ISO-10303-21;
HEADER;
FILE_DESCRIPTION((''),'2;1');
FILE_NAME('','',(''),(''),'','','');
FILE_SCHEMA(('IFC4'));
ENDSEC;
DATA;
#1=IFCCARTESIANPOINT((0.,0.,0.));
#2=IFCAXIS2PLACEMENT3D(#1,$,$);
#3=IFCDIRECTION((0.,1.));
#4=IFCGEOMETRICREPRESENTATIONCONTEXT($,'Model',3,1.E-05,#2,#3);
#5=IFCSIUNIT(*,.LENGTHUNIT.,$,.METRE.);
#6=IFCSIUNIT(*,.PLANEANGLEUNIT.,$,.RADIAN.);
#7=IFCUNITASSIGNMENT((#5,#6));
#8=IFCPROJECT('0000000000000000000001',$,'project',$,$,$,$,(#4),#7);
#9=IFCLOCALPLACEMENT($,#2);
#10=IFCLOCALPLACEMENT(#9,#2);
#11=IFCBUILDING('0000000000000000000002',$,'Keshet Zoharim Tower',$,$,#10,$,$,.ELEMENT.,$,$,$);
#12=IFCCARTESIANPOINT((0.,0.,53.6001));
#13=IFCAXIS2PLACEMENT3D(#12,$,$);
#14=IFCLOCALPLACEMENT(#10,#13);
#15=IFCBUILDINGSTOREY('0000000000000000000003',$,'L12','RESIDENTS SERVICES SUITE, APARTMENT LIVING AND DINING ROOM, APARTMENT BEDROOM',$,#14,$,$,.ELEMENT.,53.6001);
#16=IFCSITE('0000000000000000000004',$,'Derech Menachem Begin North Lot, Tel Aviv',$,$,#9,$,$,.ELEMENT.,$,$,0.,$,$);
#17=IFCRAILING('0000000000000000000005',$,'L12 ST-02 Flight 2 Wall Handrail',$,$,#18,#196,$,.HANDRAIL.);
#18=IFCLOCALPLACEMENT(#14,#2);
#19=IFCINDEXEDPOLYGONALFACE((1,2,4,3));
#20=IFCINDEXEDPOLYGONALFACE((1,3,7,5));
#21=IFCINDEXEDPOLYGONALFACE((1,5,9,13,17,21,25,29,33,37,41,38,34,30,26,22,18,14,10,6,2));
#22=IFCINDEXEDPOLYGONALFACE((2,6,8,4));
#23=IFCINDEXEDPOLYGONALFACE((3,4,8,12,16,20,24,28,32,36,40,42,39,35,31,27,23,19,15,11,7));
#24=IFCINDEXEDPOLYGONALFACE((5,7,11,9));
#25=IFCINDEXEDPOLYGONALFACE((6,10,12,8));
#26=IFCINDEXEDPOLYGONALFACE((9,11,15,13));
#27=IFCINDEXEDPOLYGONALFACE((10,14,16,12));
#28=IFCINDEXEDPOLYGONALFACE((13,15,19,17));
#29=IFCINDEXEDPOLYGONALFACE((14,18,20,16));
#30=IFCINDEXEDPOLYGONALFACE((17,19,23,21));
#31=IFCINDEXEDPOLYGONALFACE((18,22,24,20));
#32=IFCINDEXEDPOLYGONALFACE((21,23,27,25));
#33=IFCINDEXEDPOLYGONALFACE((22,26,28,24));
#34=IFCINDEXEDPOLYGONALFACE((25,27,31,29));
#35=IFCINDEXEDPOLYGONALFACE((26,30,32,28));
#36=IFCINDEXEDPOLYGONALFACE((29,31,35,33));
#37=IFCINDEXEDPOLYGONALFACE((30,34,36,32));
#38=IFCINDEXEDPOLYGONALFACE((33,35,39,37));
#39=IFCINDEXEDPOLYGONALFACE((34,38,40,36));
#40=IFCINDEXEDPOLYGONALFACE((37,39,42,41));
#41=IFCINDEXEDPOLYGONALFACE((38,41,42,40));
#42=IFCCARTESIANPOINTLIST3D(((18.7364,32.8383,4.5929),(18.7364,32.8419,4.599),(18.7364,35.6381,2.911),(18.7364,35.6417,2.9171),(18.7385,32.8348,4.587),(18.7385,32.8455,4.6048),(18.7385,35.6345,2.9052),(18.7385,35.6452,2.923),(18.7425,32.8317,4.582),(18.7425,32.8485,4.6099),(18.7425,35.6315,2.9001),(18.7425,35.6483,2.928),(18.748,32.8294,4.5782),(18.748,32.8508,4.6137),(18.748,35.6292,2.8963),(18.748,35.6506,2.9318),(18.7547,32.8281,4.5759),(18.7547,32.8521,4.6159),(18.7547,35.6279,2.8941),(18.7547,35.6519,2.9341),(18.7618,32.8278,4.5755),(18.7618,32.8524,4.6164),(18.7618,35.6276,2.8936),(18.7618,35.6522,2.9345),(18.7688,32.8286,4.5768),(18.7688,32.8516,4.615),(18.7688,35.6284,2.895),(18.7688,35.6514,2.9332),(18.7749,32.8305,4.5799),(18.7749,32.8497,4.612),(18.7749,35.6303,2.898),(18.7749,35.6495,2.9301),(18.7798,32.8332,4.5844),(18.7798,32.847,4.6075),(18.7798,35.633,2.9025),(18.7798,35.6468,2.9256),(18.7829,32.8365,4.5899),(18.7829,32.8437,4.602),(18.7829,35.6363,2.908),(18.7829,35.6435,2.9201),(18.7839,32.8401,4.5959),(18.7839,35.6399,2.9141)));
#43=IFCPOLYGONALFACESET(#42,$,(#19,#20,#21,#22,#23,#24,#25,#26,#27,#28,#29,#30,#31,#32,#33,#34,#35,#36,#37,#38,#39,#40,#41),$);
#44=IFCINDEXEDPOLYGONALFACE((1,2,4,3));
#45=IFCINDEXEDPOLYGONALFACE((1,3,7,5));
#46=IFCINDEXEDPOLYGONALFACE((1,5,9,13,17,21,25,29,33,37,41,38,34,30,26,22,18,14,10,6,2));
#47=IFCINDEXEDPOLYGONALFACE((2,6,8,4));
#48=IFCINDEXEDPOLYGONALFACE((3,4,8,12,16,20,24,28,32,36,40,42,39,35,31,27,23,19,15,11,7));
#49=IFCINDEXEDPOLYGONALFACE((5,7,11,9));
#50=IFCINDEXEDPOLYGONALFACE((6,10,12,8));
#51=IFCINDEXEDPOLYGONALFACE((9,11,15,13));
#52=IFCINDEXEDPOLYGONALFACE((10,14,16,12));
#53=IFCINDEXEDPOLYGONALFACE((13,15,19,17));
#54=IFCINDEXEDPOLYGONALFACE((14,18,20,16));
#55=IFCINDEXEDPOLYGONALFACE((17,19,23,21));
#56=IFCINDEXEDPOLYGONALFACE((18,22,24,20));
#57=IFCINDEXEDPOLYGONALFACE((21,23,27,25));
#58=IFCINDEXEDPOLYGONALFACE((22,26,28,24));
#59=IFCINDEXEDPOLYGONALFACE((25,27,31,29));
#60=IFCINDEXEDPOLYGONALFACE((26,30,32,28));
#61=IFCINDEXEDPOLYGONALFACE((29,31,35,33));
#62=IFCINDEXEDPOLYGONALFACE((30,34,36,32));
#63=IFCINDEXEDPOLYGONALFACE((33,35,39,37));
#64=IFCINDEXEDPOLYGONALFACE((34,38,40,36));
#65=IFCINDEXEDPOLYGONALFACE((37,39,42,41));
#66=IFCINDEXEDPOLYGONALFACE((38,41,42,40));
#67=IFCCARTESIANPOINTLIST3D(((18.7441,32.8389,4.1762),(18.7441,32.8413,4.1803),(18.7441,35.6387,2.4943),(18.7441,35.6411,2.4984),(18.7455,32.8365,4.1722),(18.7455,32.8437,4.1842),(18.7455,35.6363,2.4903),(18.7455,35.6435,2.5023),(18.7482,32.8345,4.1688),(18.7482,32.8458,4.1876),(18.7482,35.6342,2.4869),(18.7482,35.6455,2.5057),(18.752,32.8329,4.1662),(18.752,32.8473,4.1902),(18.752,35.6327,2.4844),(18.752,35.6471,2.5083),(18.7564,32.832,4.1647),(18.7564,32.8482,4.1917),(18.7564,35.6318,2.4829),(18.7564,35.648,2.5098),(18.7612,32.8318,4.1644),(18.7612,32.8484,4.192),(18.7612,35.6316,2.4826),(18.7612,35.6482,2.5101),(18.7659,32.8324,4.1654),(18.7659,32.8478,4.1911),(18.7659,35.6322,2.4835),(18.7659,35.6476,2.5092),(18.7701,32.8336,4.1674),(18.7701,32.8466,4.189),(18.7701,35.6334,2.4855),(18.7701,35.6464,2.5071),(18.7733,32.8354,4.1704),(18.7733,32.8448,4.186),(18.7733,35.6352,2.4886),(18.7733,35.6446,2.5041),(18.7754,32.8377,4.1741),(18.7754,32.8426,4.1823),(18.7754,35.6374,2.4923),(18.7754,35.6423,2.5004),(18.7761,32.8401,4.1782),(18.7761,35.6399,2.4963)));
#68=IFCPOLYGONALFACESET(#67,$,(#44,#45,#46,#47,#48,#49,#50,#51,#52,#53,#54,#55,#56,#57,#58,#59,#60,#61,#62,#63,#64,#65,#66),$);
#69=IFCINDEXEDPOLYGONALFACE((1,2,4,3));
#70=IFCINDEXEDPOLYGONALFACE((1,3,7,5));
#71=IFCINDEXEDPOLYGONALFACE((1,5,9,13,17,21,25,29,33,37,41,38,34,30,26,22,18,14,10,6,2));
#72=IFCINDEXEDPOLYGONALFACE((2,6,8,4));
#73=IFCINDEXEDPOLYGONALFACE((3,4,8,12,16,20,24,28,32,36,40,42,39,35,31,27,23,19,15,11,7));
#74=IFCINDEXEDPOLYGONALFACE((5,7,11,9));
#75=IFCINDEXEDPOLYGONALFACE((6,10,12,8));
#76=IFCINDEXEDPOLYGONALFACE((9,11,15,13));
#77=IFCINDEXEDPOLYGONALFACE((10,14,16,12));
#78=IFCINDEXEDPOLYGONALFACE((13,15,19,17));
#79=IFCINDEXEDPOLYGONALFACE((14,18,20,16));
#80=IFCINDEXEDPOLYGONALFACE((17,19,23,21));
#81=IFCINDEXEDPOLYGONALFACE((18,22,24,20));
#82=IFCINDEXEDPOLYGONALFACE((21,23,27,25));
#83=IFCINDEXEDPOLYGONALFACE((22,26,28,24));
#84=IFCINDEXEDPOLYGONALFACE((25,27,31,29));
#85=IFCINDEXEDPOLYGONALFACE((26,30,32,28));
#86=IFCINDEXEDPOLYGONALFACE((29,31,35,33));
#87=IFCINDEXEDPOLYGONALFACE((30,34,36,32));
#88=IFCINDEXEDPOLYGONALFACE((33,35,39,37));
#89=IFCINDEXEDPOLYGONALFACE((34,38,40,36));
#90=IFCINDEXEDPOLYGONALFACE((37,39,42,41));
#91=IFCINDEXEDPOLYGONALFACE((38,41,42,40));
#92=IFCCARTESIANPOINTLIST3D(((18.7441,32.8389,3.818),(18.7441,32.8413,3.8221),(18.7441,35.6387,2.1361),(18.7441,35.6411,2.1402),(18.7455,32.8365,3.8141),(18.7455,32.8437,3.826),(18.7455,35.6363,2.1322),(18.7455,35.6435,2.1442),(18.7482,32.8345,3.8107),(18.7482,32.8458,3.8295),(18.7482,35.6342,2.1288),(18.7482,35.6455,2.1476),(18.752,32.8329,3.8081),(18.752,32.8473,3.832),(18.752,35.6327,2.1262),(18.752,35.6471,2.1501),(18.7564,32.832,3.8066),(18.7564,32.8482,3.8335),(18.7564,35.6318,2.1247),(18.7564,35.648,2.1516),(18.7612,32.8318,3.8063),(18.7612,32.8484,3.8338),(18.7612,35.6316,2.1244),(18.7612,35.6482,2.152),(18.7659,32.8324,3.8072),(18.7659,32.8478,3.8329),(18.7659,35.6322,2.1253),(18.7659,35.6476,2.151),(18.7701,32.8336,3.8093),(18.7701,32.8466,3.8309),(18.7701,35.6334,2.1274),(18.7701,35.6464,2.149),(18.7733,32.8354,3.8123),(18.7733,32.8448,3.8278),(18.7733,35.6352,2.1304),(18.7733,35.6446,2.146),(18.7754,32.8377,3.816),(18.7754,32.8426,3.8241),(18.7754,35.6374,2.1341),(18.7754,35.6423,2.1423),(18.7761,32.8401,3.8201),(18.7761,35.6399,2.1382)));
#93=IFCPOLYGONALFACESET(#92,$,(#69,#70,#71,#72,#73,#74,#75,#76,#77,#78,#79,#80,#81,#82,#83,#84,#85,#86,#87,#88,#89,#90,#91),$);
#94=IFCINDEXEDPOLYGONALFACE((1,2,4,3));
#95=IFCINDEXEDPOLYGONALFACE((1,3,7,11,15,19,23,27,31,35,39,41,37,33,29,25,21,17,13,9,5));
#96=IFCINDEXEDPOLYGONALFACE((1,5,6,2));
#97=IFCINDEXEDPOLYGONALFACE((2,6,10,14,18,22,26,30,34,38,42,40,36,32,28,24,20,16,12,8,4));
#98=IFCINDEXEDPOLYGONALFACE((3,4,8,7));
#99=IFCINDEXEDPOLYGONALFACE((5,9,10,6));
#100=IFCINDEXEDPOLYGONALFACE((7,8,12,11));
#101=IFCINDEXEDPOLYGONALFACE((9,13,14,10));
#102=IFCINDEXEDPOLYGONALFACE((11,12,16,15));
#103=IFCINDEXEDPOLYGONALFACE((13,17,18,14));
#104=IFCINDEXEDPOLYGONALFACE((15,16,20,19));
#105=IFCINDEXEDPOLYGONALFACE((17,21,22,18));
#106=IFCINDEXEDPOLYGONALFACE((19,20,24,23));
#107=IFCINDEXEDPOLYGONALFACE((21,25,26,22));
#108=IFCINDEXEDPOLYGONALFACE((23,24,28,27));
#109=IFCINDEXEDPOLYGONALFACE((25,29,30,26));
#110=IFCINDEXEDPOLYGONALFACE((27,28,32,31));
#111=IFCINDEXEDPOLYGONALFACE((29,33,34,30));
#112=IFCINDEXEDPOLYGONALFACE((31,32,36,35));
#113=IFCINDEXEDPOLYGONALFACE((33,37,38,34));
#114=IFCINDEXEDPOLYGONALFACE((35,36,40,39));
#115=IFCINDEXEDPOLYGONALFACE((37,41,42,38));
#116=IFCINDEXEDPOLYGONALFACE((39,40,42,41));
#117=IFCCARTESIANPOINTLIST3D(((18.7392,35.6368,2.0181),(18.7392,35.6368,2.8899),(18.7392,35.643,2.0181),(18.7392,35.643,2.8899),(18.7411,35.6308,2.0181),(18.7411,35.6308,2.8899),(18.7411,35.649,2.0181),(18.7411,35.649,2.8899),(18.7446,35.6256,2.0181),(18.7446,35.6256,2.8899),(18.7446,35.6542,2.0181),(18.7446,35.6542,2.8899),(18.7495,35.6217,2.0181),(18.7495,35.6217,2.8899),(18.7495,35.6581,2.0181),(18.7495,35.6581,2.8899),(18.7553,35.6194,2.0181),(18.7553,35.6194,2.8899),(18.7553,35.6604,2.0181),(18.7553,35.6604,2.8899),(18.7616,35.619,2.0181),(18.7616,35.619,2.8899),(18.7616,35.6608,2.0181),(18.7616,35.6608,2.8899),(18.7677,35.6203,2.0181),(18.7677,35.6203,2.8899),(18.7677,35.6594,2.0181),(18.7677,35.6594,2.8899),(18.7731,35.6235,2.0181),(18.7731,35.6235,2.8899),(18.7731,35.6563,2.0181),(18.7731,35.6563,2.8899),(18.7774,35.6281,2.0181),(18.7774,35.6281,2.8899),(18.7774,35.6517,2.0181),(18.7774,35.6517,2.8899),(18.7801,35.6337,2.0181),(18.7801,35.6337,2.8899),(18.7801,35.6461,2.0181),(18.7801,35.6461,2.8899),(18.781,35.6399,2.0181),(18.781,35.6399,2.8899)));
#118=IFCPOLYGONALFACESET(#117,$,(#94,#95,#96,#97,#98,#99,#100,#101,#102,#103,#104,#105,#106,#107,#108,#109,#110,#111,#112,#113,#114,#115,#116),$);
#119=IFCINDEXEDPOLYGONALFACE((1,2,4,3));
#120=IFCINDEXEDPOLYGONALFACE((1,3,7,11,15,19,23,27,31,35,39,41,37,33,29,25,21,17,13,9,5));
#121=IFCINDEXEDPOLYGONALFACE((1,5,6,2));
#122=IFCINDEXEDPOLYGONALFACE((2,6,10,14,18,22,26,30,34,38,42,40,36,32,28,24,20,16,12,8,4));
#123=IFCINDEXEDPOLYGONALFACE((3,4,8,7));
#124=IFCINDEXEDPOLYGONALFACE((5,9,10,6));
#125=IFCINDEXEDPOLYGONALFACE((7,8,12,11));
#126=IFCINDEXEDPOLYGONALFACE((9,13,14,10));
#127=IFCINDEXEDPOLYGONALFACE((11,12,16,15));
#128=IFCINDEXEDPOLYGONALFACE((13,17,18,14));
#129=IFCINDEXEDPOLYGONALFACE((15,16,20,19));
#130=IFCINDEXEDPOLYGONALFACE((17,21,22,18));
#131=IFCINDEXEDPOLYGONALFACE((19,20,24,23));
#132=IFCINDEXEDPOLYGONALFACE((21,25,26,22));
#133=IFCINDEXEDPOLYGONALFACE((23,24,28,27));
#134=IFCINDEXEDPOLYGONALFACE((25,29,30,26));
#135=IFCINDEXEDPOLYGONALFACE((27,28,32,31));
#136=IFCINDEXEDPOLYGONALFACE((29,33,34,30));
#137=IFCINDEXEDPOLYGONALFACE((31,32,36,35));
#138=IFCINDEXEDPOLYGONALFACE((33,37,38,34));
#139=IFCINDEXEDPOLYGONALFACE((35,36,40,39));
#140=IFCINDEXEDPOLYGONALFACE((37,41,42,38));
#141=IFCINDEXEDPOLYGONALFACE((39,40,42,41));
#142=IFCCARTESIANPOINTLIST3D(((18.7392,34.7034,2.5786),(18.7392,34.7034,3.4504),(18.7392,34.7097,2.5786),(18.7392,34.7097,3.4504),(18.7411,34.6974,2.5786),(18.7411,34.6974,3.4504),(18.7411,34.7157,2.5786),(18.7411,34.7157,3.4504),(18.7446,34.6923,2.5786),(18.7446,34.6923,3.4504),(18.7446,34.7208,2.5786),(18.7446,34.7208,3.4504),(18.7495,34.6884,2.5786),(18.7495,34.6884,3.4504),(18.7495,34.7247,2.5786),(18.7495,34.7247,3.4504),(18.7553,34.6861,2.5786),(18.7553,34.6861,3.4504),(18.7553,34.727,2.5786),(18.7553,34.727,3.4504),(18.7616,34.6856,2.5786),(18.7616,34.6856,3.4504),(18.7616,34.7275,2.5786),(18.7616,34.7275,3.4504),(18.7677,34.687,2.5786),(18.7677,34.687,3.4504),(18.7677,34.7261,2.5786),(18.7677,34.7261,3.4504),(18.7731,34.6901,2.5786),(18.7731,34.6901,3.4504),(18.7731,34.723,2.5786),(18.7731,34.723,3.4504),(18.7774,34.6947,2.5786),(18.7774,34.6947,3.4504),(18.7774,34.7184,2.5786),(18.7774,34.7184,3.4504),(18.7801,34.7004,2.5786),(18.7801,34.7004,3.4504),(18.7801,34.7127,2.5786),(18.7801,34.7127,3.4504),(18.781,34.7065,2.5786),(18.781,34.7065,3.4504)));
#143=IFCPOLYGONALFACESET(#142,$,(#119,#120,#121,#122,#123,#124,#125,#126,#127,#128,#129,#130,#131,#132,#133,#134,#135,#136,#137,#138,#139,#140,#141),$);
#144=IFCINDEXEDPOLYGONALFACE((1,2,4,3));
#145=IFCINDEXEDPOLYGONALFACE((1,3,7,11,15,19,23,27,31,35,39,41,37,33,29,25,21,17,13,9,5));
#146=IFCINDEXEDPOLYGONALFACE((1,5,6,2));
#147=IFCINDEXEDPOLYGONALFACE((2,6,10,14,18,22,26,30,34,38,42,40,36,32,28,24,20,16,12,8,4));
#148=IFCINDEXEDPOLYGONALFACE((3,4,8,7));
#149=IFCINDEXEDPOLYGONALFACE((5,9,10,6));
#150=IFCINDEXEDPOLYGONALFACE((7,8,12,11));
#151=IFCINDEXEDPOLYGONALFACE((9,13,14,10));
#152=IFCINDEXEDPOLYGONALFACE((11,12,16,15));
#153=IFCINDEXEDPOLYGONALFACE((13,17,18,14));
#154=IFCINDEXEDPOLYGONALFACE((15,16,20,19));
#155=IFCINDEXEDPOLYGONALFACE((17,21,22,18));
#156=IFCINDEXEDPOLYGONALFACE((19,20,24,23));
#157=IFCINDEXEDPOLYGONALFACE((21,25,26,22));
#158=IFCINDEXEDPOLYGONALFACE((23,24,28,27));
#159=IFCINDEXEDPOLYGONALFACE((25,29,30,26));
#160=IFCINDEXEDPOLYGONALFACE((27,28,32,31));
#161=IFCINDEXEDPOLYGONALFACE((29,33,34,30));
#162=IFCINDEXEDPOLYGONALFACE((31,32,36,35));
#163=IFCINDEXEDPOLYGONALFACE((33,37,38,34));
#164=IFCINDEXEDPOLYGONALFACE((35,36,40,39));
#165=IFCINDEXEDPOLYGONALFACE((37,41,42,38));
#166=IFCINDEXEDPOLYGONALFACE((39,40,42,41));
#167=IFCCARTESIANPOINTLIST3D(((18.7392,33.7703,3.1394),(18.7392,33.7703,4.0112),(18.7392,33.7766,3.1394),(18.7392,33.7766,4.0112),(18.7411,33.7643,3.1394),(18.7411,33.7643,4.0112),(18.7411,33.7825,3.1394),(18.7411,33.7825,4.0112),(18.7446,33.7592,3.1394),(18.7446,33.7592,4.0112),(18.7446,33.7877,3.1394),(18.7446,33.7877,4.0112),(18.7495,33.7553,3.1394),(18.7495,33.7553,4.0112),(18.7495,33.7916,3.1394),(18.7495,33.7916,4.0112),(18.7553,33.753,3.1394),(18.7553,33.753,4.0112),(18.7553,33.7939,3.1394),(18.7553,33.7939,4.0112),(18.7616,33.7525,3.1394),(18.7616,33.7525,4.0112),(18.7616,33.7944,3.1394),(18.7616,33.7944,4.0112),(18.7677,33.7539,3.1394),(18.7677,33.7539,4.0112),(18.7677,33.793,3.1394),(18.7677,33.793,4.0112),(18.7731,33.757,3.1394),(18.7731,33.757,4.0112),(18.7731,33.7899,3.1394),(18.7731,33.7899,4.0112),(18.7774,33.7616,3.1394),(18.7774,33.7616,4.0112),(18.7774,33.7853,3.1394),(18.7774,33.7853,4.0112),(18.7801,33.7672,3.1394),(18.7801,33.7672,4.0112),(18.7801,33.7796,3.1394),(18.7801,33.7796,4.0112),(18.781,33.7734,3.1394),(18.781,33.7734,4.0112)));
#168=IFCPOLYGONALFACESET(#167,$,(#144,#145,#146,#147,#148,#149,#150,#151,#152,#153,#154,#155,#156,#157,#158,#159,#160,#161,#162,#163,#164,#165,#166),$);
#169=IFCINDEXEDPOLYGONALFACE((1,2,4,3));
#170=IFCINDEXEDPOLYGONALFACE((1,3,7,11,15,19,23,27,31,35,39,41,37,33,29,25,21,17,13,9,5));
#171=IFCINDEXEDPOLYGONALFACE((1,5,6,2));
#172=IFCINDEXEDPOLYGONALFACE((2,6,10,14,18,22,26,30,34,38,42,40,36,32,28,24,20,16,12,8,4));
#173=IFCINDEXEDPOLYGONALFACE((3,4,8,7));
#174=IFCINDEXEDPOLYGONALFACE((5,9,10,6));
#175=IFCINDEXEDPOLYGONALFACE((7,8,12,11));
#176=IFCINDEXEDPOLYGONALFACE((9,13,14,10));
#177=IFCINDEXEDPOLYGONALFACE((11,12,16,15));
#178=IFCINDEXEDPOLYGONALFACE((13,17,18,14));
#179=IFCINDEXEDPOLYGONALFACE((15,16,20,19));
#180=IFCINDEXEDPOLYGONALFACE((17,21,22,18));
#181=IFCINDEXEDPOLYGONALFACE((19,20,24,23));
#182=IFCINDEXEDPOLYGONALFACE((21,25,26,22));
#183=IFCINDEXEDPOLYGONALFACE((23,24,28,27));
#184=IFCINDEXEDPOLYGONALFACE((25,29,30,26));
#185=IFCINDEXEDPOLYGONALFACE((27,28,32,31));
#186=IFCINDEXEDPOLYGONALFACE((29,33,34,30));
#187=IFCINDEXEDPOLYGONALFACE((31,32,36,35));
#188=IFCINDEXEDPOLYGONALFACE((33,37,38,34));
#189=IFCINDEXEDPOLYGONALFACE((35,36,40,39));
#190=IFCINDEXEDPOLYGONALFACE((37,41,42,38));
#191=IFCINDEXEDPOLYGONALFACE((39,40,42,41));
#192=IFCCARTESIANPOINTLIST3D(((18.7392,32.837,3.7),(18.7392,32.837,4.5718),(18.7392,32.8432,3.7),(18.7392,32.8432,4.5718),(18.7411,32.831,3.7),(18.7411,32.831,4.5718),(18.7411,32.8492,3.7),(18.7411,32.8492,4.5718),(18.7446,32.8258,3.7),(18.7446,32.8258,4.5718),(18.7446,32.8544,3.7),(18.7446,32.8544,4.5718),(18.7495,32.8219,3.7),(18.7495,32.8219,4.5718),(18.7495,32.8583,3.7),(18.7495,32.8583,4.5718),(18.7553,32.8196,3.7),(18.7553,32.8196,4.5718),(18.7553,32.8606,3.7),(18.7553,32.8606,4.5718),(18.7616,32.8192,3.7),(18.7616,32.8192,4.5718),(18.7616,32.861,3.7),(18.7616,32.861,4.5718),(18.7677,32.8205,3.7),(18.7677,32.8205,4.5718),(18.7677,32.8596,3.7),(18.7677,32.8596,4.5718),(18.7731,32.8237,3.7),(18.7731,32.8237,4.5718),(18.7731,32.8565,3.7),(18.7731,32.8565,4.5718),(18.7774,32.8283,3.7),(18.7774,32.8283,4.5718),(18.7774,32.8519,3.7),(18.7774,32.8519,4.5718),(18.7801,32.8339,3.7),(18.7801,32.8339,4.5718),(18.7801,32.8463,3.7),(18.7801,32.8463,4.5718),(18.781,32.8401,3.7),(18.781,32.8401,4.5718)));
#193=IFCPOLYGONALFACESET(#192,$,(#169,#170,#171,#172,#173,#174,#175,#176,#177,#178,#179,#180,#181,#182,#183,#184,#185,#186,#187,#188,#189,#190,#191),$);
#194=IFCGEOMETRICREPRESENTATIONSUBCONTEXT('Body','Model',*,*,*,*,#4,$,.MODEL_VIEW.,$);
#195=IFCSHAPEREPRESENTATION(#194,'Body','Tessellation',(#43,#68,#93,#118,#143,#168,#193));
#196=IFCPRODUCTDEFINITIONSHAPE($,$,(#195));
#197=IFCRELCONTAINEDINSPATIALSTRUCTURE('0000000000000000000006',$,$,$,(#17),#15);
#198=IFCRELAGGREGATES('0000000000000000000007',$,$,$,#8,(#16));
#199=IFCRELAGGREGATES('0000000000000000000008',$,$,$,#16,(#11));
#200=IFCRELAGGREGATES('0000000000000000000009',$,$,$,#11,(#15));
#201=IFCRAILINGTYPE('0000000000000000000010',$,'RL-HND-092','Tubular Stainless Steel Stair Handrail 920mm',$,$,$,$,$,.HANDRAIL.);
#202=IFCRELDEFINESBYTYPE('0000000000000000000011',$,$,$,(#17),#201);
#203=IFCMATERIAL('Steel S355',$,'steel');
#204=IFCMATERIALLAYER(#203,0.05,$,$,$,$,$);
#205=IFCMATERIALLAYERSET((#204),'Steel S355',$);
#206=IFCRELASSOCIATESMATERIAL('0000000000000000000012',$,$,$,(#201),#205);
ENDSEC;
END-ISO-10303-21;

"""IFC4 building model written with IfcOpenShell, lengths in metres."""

from ifc_helpers import new_model, si_unit, direction, frame, origin, origin_2d, place, context, subcontext, project, spatial, circle, extrude, material, layer, layer_set, type_object, element, save


model = new_model("IFC4")

# Units and contexts
model_context = context("Model", 3, precision=1e-05, world=origin(), true_north=direction((0.0, 1.0)))
body_context = subcontext(model_context, "Body", "Model", "MODEL_VIEW")
ifc_project = project(units=[si_unit("LENGTHUNIT", "METRE"), si_unit("PLANEANGLEUNIT", "RADIAN")], contexts=[model_context])

# Site, building, storey
site_placement = place(None, origin())
site = spatial("IfcSite", under=ifc_project, at=site_placement, Name="Derech Menachem Begin North Lot, Tel Aviv", CompositionType="ELEMENT", RefElevation=0.0)
building_placement = place(site_placement, origin())
building = spatial("IfcBuilding", under=site, at=building_placement, Name="Keshet Zoharim Tower", CompositionType="ELEMENT")
storey_placement = place(building_placement, frame((0.0, 0.0, 53.6001)))
storey = spatial("IfcBuildingStorey", under=building, at=storey_placement, Name="L12", Description="RESIDENTS SERVICES SUITE, APARTMENT LIVING AND DINING ROOM, APARTMENT BEDROOM", CompositionType="ELEMENT", Elevation=53.6001)

# Railing
ifc_material_1 = material(Name="Steel S355", Category="steel")
ifc_layer_1 = layer(ifc_material_1, 0.05)
ifc_layer_set_1 = layer_set([ifc_layer_1], Name="Steel S355")
railing_type_1 = type_object("IfcRailingType", Name="RL-HND-092", Description="Tubular Stainless Steel Stair Handrail 920mm", PredefinedType="HANDRAIL", material=ifc_layer_set_1)
railing_1_placement = place(storey_placement, frame((18.76, 35.6399, 2.0181)))
element("IfcRailing", 1, at=railing_1_placement, inside=storey, type_object=railing_type_1, Name="L12 ST-02 Flight 2 Wall Handrail", PredefinedType="HANDRAIL", context=body_context, shape_type="SweptSolid", body=[
    extrude(circle(Radius=0.0239, at=origin_2d()), frame((0.0, 0.0, 0.896), z_axis=(0.0, -0.857222, 0.514946), x_axis=(1.0, 0.0, 0.0)), (0.0, 0.0, 1.0), 3.2661),
    extrude(circle(Radius=0.0161, at=origin_2d()), frame((0.0, 0.0, 0.4783), z_axis=(0.0, -0.857222, 0.514946), x_axis=(1.0, 0.0, 0.0)), (0.0, 0.0, 1.0), 3.2661),
    extrude(circle(Radius=0.0161, at=origin_2d()), frame((0.0, 0.0, 0.1201), z_axis=(0.0, -0.857222, 0.514946), x_axis=(1.0, 0.0, 0.0)), (0.0, 0.0, 1.0), 3.2661),
    extrude(circle(Radius=0.021, at=origin_2d()), origin(), (0.0, 0.0, 1.0), 0.8718),
    extrude(circle(Radius=0.021, at=origin_2d()), frame((0.0, -0.9333, 0.5605)), (0.0, 0.0, 1.0), 0.8718),
    extrude(circle(Radius=0.021, at=origin_2d()), frame((0.0, -1.8665, 1.1213)), (0.0, 0.0, 1.0), 0.8718),
    extrude(circle(Radius=0.021, at=origin_2d()), frame((0.0, -2.7998, 1.6819)), (0.0, 0.0, 1.0), 0.8718),
])

save(model, "model.ifc")
